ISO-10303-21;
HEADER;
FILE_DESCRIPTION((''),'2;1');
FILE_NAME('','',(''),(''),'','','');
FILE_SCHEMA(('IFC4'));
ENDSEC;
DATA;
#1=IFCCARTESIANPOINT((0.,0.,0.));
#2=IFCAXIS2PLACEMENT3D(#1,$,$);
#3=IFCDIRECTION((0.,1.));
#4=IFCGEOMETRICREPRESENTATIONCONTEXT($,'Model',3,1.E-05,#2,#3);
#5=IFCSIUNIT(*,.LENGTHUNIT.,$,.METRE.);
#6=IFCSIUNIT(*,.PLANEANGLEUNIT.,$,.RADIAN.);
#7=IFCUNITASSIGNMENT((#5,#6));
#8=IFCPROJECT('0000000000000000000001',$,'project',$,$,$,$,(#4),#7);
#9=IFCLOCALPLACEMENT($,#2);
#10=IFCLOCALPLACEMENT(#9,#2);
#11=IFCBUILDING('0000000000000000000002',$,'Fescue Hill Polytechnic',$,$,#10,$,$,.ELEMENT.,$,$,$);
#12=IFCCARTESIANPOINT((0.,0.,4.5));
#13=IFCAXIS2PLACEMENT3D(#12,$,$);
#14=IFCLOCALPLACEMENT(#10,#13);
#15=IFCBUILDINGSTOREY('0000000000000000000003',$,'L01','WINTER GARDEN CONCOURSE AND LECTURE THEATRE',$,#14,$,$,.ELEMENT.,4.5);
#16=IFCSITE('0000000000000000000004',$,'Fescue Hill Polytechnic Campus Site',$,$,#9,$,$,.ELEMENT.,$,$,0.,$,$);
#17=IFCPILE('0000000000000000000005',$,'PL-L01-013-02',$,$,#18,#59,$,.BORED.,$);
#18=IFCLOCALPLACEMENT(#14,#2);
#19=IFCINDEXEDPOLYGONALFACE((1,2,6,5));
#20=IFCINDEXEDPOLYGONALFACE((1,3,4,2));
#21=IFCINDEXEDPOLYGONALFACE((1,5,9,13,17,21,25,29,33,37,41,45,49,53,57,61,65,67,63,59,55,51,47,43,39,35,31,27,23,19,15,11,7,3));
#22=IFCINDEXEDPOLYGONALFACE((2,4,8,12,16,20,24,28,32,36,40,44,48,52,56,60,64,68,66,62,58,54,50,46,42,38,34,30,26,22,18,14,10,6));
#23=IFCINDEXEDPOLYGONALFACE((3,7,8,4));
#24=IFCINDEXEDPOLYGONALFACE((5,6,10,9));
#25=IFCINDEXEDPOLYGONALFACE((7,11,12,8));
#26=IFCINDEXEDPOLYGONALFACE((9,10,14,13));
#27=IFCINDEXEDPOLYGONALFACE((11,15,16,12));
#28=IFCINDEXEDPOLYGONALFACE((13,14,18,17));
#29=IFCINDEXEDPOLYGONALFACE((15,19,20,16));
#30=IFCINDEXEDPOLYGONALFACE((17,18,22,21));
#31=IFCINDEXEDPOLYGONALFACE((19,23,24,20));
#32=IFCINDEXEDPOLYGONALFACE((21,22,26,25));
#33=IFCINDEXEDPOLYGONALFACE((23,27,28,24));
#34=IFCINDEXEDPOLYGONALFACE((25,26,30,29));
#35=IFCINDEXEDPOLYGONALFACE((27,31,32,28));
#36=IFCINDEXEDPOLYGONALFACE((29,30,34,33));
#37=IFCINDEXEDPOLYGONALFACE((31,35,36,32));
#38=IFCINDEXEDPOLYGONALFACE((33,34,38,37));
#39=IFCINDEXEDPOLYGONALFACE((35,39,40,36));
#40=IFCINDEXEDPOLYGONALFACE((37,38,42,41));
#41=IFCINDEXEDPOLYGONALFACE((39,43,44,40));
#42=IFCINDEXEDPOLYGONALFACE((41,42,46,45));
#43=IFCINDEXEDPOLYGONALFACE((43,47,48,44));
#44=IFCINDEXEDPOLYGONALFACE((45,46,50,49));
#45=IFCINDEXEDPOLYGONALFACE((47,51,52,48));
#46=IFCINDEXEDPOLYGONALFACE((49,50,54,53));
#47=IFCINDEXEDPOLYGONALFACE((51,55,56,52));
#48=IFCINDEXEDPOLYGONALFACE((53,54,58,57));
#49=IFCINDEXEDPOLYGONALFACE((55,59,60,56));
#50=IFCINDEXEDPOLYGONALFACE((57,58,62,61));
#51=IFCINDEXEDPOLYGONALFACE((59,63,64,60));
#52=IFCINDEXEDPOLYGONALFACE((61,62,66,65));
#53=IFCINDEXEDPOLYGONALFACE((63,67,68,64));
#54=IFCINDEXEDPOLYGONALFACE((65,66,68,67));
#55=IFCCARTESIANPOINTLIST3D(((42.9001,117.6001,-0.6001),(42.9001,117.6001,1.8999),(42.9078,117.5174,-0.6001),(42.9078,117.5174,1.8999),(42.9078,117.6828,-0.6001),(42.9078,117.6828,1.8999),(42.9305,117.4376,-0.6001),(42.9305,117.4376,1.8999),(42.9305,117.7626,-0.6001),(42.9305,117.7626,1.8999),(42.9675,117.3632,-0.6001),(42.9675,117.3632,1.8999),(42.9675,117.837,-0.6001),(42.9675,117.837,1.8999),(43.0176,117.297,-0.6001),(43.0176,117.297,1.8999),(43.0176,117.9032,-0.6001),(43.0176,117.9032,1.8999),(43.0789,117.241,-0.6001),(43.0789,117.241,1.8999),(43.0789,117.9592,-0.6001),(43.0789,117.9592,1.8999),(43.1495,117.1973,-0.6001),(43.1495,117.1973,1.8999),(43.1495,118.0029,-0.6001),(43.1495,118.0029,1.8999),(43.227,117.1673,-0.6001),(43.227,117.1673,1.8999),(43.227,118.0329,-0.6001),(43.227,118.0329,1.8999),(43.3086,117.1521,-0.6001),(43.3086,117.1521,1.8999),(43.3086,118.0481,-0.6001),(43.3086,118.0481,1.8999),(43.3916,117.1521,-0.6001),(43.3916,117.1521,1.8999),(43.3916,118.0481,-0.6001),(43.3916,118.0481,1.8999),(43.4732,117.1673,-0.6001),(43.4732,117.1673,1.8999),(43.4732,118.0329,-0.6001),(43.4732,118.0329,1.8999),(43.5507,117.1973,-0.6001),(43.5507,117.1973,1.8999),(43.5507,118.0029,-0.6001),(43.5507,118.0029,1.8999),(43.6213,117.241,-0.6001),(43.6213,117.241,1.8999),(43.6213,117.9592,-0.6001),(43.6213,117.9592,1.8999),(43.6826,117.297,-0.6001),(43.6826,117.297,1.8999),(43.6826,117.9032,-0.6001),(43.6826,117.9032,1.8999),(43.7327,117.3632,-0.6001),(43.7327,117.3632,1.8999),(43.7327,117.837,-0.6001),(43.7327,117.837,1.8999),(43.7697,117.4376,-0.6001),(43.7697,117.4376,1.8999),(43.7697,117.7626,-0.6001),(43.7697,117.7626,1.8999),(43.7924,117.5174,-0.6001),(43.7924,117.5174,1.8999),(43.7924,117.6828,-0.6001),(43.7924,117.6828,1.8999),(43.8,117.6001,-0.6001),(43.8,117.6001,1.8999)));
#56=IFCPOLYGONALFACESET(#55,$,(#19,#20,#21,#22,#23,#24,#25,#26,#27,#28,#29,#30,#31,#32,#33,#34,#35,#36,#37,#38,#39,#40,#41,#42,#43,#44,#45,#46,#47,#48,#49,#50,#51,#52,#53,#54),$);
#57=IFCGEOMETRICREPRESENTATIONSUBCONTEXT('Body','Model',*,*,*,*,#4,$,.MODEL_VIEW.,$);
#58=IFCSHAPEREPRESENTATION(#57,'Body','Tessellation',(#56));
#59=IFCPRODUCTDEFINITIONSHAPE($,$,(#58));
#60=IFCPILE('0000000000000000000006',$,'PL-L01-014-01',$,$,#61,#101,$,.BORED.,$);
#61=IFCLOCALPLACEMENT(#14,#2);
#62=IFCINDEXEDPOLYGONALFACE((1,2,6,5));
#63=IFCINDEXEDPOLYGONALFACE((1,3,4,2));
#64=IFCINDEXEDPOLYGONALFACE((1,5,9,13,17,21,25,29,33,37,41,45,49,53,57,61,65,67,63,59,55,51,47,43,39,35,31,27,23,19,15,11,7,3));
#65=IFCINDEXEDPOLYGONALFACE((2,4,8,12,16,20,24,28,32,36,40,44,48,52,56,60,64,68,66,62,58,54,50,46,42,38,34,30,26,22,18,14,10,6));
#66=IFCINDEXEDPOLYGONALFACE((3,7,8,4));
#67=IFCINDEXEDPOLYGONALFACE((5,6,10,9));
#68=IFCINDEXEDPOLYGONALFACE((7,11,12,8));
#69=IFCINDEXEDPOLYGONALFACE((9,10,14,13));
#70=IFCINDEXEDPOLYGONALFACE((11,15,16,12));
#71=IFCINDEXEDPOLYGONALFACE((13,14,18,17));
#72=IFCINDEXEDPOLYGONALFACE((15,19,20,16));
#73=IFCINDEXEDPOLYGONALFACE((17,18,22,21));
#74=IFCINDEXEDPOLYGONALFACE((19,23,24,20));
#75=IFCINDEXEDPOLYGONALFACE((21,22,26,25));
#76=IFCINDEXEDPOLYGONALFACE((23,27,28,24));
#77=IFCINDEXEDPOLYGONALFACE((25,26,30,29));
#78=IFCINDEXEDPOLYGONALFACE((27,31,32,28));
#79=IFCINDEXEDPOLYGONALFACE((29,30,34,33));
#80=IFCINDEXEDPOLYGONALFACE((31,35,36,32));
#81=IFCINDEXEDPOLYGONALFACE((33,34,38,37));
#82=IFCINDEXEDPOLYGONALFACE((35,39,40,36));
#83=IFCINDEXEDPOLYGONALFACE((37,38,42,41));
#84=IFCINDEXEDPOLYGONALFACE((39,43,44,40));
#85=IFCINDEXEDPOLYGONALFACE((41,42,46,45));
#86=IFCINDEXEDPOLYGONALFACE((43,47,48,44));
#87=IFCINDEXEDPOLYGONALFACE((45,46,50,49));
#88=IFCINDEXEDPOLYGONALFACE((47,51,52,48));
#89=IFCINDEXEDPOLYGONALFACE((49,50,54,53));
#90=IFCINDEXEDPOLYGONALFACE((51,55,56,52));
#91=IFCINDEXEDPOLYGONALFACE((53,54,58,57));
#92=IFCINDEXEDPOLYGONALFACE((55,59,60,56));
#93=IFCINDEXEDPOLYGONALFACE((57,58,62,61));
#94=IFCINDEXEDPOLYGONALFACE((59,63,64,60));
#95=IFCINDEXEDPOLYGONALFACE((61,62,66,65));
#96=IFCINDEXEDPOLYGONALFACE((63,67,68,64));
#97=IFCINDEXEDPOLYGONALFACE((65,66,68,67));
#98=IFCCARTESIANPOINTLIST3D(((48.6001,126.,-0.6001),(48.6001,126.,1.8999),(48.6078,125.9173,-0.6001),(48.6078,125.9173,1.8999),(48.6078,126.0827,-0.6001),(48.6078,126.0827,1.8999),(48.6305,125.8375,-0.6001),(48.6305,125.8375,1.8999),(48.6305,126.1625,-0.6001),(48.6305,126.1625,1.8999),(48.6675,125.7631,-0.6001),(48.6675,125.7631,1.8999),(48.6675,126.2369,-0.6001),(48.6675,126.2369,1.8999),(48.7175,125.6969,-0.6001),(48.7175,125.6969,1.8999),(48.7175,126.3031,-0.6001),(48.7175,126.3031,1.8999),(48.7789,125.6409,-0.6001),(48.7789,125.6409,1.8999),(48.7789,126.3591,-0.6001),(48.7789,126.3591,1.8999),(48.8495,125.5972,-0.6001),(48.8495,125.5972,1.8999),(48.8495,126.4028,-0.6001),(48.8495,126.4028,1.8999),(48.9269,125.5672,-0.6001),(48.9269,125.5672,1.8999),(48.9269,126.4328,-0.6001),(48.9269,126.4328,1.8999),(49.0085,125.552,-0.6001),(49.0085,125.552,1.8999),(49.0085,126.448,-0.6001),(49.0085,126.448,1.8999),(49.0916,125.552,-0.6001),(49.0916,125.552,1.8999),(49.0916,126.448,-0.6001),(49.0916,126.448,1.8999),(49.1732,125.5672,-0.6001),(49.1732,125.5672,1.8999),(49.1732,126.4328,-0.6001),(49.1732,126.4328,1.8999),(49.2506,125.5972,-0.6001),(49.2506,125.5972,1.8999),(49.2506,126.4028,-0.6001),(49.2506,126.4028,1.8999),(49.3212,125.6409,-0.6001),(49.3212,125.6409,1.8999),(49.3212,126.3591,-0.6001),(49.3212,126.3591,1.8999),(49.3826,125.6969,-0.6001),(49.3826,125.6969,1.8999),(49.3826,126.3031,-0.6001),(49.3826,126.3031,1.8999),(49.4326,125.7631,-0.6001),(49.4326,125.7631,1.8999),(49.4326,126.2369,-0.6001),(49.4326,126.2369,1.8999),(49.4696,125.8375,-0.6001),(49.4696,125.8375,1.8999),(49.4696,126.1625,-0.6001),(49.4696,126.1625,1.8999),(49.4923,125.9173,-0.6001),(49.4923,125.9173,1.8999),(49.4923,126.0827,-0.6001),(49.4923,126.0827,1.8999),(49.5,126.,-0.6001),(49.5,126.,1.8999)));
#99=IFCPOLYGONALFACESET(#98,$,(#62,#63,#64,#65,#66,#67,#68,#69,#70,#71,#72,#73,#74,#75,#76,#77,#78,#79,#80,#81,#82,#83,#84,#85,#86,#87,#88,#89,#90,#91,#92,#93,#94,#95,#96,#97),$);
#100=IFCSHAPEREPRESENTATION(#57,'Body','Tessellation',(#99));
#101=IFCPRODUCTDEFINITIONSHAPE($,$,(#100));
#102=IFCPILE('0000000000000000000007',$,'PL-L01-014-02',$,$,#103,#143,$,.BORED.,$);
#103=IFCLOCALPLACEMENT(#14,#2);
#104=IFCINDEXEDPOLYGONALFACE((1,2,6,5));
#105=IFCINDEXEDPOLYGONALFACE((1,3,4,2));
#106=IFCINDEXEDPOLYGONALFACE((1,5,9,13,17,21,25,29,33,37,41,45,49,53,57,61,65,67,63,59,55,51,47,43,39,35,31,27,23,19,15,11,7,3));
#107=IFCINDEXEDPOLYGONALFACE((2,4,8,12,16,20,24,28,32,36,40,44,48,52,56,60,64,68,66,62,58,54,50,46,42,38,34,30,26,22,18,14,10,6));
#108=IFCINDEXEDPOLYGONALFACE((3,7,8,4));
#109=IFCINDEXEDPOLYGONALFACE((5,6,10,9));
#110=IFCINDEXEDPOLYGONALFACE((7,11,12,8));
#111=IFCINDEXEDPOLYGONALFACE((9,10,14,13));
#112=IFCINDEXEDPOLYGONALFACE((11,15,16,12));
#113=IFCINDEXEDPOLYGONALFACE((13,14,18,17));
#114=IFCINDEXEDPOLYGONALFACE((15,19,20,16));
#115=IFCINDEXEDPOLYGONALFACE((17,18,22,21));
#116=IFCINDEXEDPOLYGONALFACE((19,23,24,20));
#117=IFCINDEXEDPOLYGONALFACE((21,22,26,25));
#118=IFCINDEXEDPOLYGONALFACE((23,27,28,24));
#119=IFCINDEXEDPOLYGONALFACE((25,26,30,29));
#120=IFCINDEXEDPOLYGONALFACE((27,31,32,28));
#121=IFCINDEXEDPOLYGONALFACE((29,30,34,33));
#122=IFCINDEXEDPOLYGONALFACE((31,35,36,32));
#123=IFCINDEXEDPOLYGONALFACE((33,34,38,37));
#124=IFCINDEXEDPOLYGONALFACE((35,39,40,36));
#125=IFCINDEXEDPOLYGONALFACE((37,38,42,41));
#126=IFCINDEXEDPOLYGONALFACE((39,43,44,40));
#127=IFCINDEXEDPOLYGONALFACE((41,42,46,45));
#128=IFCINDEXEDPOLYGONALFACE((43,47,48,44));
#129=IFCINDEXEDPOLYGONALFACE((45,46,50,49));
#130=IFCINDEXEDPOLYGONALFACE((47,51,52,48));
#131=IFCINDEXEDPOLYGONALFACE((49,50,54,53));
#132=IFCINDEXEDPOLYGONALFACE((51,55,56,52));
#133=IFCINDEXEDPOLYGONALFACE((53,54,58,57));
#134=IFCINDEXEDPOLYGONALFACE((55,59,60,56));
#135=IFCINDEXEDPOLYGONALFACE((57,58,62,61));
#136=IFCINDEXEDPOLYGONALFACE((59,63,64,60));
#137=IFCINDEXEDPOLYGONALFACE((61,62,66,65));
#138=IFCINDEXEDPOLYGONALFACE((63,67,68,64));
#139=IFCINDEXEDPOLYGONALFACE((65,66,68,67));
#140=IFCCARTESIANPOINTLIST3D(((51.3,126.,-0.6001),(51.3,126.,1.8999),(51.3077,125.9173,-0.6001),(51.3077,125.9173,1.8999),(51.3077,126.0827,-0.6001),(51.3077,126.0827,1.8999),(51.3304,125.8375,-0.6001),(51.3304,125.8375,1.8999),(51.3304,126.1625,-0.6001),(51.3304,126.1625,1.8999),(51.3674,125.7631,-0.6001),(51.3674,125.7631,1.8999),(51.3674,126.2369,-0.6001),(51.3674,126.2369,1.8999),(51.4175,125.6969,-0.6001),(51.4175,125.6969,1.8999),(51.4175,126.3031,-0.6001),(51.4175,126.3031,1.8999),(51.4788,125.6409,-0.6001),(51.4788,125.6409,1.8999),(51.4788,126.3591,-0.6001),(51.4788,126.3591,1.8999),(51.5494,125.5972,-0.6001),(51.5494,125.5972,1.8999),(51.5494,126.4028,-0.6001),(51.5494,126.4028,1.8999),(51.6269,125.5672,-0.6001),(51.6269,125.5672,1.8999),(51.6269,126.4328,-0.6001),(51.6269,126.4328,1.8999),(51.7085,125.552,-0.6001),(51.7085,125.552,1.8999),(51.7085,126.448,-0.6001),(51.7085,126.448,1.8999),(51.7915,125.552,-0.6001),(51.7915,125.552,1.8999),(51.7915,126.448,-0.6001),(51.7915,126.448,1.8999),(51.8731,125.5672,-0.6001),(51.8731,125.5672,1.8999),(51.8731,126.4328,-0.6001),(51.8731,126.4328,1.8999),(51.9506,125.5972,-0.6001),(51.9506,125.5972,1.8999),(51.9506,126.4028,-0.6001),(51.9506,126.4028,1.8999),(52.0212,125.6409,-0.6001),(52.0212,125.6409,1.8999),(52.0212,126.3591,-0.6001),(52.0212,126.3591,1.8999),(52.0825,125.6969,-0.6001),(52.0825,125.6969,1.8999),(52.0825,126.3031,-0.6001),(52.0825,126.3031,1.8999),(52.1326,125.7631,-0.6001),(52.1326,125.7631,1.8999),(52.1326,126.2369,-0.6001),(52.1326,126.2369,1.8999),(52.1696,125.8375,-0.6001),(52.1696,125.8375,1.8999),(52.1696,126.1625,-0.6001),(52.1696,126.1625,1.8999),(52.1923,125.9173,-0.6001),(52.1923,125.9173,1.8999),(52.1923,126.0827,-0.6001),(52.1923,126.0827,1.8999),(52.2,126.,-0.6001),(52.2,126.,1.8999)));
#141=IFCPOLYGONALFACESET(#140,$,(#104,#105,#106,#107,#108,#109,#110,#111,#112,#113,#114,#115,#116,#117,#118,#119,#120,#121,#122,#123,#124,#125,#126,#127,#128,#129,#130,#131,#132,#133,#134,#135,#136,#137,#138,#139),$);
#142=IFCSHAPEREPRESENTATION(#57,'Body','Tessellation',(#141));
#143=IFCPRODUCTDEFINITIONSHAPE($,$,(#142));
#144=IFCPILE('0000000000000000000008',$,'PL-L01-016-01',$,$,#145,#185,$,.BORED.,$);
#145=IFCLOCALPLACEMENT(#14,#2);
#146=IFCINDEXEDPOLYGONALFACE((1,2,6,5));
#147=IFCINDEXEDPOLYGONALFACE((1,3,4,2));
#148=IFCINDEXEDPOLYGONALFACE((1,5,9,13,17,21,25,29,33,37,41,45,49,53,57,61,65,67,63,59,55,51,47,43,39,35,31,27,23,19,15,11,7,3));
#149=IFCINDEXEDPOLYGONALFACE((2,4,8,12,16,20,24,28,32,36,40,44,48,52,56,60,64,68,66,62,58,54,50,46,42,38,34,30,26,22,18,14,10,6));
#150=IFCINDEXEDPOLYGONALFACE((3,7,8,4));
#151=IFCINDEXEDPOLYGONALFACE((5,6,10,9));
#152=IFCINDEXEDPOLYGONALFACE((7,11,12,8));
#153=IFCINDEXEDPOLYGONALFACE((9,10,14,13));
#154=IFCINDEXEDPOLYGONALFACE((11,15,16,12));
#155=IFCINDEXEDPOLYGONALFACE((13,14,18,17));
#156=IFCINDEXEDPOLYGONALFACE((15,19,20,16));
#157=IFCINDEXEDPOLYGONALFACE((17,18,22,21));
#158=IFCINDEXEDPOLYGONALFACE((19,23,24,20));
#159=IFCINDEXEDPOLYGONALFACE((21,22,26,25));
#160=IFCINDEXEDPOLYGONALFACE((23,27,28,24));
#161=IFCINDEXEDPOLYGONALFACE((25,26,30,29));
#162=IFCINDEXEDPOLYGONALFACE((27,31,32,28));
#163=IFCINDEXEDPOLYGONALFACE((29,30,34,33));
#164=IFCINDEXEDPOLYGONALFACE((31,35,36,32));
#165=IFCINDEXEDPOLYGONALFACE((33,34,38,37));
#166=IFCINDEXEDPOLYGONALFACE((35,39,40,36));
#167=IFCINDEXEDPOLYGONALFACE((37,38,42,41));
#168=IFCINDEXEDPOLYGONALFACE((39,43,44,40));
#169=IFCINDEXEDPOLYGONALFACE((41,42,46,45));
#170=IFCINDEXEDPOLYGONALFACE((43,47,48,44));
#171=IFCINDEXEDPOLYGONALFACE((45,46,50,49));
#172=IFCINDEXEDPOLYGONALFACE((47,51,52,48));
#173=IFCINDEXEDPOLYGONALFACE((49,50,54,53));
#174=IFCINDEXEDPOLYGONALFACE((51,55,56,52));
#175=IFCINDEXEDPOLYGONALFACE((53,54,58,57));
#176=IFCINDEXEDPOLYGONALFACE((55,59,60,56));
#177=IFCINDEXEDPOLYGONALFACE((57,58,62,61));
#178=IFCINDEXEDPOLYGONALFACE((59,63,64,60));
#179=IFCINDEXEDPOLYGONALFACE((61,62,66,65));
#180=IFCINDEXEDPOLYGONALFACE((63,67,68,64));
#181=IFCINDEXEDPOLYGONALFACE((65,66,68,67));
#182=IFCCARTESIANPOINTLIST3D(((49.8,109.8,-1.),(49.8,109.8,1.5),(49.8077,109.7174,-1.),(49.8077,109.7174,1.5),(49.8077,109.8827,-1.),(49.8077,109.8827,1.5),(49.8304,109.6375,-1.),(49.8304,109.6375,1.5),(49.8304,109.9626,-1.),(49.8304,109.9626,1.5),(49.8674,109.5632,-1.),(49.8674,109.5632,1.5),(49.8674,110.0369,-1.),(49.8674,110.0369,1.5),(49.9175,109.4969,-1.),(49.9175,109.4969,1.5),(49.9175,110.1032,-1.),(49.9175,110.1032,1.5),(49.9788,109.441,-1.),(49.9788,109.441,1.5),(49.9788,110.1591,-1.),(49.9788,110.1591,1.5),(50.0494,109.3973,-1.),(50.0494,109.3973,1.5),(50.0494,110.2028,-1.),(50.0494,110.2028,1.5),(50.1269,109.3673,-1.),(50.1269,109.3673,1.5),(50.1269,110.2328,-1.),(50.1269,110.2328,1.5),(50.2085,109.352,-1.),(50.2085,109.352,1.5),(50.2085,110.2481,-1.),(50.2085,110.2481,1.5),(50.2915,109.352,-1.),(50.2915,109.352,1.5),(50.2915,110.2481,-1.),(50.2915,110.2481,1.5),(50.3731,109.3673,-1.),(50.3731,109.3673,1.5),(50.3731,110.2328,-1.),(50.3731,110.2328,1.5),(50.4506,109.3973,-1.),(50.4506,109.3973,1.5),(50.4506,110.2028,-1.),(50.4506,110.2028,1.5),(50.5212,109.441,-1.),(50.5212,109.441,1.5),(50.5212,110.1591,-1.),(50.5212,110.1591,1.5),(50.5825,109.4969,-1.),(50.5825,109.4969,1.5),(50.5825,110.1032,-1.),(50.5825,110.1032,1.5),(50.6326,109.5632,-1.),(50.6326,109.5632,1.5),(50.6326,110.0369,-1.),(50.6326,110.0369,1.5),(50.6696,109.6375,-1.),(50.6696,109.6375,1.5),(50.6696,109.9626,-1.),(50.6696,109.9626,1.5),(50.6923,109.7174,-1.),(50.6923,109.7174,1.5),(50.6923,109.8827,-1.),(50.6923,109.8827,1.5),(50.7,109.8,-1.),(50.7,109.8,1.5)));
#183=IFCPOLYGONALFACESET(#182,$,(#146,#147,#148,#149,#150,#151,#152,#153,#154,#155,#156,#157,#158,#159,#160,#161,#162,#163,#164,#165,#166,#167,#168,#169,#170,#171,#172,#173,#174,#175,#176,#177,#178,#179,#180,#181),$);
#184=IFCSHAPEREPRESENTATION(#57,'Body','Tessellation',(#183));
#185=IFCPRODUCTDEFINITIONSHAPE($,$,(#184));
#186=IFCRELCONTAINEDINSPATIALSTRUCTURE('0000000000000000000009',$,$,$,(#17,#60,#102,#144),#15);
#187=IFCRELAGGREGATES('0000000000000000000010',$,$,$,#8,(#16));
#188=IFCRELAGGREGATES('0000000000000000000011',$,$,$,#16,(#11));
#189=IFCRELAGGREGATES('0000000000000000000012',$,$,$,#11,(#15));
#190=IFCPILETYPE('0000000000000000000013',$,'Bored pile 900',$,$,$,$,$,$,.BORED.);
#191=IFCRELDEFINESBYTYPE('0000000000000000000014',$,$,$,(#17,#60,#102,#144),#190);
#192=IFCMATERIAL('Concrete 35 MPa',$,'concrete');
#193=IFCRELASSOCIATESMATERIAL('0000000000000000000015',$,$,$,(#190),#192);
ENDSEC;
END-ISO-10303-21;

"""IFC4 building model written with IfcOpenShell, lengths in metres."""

from ifc_helpers import new_model, si_unit, direction, frame, origin, origin_2d, place, context, subcontext, project, spatial, circle, extrude, material, material_profile, profile_set, type_object, element, save


model = new_model("IFC4")

# Units and contexts
model_context = context("Model", 3, precision=1e-05, world=origin(), true_north=direction((0.0, 1.0)))
body_context = subcontext(model_context, "Body", "Model", "MODEL_VIEW")
ifc_project = project(units=[si_unit("LENGTHUNIT", "METRE"), si_unit("PLANEANGLEUNIT", "RADIAN")], contexts=[model_context])

# Site, building, storey
site_placement = place(None, origin())
site = spatial("IfcSite", under=ifc_project, at=site_placement, Name="Fescue Hill Polytechnic Campus Site", CompositionType="ELEMENT", RefElevation=0.0)
building_placement = place(site_placement, origin())
building = spatial("IfcBuilding", under=site, at=building_placement, Name="Fescue Hill Polytechnic", CompositionType="ELEMENT")
storey_placement = place(building_placement, frame((0.0, 0.0, 4.5)))
storey = spatial("IfcBuildingStorey", under=building, at=storey_placement, Name="L01", Description="WINTER GARDEN CONCOURSE AND LECTURE THEATRE", CompositionType="ELEMENT", Elevation=4.5)

# Piles
ifc_material_1 = material(Name="Concrete 35 MPa", Category="concrete")
ifc_material_profile = material_profile(ifc_material_1, circle(Radius=0.45, at=origin_2d()), Name="Bored pile 900")
ifc_profile_set = profile_set([ifc_material_profile], Name="Concrete 35 MPa")
pile_type = type_object("IfcPileType", Name="Bored pile 900", PredefinedType="BORED", material=ifc_profile_set)
for number, where, z_axis, x_axis, name in (
    (1, (43.3501, 117.6001, 1.8999), (0.0, 0.0, -1.0), (1.0, 0.0, 0.0), "PL-L01-013-02"),
    (2, (49.05, 126.0, 1.8999), (0.0, 0.0, -1.0), (1.0, 0.0, 0.0), "PL-L01-014-01"),
    (3, (51.75, 126.0, 1.8999), (0.0, 0.0, -1.0), (1.0, 0.0, 0.0), "PL-L01-014-02"),
    (4, (50.25, 109.8, 1.5), (0.0, 0.0, -1.0), (1.0, 0.0, 0.0), "PL-L01-016-01"),
):
    element("IfcPile", number, at=place(storey_placement, frame(where, z_axis=z_axis, x_axis=x_axis)), inside=storey, type_object=pile_type, Name=name, PredefinedType="BORED", context=body_context, shape_type="SweptSolid", body=[
        extrude(circle(Radius=0.45, at=origin_2d()), origin(), (0.0, 0.0, 1.0), 2.5),
    ])

save(model, "model.ifc")
